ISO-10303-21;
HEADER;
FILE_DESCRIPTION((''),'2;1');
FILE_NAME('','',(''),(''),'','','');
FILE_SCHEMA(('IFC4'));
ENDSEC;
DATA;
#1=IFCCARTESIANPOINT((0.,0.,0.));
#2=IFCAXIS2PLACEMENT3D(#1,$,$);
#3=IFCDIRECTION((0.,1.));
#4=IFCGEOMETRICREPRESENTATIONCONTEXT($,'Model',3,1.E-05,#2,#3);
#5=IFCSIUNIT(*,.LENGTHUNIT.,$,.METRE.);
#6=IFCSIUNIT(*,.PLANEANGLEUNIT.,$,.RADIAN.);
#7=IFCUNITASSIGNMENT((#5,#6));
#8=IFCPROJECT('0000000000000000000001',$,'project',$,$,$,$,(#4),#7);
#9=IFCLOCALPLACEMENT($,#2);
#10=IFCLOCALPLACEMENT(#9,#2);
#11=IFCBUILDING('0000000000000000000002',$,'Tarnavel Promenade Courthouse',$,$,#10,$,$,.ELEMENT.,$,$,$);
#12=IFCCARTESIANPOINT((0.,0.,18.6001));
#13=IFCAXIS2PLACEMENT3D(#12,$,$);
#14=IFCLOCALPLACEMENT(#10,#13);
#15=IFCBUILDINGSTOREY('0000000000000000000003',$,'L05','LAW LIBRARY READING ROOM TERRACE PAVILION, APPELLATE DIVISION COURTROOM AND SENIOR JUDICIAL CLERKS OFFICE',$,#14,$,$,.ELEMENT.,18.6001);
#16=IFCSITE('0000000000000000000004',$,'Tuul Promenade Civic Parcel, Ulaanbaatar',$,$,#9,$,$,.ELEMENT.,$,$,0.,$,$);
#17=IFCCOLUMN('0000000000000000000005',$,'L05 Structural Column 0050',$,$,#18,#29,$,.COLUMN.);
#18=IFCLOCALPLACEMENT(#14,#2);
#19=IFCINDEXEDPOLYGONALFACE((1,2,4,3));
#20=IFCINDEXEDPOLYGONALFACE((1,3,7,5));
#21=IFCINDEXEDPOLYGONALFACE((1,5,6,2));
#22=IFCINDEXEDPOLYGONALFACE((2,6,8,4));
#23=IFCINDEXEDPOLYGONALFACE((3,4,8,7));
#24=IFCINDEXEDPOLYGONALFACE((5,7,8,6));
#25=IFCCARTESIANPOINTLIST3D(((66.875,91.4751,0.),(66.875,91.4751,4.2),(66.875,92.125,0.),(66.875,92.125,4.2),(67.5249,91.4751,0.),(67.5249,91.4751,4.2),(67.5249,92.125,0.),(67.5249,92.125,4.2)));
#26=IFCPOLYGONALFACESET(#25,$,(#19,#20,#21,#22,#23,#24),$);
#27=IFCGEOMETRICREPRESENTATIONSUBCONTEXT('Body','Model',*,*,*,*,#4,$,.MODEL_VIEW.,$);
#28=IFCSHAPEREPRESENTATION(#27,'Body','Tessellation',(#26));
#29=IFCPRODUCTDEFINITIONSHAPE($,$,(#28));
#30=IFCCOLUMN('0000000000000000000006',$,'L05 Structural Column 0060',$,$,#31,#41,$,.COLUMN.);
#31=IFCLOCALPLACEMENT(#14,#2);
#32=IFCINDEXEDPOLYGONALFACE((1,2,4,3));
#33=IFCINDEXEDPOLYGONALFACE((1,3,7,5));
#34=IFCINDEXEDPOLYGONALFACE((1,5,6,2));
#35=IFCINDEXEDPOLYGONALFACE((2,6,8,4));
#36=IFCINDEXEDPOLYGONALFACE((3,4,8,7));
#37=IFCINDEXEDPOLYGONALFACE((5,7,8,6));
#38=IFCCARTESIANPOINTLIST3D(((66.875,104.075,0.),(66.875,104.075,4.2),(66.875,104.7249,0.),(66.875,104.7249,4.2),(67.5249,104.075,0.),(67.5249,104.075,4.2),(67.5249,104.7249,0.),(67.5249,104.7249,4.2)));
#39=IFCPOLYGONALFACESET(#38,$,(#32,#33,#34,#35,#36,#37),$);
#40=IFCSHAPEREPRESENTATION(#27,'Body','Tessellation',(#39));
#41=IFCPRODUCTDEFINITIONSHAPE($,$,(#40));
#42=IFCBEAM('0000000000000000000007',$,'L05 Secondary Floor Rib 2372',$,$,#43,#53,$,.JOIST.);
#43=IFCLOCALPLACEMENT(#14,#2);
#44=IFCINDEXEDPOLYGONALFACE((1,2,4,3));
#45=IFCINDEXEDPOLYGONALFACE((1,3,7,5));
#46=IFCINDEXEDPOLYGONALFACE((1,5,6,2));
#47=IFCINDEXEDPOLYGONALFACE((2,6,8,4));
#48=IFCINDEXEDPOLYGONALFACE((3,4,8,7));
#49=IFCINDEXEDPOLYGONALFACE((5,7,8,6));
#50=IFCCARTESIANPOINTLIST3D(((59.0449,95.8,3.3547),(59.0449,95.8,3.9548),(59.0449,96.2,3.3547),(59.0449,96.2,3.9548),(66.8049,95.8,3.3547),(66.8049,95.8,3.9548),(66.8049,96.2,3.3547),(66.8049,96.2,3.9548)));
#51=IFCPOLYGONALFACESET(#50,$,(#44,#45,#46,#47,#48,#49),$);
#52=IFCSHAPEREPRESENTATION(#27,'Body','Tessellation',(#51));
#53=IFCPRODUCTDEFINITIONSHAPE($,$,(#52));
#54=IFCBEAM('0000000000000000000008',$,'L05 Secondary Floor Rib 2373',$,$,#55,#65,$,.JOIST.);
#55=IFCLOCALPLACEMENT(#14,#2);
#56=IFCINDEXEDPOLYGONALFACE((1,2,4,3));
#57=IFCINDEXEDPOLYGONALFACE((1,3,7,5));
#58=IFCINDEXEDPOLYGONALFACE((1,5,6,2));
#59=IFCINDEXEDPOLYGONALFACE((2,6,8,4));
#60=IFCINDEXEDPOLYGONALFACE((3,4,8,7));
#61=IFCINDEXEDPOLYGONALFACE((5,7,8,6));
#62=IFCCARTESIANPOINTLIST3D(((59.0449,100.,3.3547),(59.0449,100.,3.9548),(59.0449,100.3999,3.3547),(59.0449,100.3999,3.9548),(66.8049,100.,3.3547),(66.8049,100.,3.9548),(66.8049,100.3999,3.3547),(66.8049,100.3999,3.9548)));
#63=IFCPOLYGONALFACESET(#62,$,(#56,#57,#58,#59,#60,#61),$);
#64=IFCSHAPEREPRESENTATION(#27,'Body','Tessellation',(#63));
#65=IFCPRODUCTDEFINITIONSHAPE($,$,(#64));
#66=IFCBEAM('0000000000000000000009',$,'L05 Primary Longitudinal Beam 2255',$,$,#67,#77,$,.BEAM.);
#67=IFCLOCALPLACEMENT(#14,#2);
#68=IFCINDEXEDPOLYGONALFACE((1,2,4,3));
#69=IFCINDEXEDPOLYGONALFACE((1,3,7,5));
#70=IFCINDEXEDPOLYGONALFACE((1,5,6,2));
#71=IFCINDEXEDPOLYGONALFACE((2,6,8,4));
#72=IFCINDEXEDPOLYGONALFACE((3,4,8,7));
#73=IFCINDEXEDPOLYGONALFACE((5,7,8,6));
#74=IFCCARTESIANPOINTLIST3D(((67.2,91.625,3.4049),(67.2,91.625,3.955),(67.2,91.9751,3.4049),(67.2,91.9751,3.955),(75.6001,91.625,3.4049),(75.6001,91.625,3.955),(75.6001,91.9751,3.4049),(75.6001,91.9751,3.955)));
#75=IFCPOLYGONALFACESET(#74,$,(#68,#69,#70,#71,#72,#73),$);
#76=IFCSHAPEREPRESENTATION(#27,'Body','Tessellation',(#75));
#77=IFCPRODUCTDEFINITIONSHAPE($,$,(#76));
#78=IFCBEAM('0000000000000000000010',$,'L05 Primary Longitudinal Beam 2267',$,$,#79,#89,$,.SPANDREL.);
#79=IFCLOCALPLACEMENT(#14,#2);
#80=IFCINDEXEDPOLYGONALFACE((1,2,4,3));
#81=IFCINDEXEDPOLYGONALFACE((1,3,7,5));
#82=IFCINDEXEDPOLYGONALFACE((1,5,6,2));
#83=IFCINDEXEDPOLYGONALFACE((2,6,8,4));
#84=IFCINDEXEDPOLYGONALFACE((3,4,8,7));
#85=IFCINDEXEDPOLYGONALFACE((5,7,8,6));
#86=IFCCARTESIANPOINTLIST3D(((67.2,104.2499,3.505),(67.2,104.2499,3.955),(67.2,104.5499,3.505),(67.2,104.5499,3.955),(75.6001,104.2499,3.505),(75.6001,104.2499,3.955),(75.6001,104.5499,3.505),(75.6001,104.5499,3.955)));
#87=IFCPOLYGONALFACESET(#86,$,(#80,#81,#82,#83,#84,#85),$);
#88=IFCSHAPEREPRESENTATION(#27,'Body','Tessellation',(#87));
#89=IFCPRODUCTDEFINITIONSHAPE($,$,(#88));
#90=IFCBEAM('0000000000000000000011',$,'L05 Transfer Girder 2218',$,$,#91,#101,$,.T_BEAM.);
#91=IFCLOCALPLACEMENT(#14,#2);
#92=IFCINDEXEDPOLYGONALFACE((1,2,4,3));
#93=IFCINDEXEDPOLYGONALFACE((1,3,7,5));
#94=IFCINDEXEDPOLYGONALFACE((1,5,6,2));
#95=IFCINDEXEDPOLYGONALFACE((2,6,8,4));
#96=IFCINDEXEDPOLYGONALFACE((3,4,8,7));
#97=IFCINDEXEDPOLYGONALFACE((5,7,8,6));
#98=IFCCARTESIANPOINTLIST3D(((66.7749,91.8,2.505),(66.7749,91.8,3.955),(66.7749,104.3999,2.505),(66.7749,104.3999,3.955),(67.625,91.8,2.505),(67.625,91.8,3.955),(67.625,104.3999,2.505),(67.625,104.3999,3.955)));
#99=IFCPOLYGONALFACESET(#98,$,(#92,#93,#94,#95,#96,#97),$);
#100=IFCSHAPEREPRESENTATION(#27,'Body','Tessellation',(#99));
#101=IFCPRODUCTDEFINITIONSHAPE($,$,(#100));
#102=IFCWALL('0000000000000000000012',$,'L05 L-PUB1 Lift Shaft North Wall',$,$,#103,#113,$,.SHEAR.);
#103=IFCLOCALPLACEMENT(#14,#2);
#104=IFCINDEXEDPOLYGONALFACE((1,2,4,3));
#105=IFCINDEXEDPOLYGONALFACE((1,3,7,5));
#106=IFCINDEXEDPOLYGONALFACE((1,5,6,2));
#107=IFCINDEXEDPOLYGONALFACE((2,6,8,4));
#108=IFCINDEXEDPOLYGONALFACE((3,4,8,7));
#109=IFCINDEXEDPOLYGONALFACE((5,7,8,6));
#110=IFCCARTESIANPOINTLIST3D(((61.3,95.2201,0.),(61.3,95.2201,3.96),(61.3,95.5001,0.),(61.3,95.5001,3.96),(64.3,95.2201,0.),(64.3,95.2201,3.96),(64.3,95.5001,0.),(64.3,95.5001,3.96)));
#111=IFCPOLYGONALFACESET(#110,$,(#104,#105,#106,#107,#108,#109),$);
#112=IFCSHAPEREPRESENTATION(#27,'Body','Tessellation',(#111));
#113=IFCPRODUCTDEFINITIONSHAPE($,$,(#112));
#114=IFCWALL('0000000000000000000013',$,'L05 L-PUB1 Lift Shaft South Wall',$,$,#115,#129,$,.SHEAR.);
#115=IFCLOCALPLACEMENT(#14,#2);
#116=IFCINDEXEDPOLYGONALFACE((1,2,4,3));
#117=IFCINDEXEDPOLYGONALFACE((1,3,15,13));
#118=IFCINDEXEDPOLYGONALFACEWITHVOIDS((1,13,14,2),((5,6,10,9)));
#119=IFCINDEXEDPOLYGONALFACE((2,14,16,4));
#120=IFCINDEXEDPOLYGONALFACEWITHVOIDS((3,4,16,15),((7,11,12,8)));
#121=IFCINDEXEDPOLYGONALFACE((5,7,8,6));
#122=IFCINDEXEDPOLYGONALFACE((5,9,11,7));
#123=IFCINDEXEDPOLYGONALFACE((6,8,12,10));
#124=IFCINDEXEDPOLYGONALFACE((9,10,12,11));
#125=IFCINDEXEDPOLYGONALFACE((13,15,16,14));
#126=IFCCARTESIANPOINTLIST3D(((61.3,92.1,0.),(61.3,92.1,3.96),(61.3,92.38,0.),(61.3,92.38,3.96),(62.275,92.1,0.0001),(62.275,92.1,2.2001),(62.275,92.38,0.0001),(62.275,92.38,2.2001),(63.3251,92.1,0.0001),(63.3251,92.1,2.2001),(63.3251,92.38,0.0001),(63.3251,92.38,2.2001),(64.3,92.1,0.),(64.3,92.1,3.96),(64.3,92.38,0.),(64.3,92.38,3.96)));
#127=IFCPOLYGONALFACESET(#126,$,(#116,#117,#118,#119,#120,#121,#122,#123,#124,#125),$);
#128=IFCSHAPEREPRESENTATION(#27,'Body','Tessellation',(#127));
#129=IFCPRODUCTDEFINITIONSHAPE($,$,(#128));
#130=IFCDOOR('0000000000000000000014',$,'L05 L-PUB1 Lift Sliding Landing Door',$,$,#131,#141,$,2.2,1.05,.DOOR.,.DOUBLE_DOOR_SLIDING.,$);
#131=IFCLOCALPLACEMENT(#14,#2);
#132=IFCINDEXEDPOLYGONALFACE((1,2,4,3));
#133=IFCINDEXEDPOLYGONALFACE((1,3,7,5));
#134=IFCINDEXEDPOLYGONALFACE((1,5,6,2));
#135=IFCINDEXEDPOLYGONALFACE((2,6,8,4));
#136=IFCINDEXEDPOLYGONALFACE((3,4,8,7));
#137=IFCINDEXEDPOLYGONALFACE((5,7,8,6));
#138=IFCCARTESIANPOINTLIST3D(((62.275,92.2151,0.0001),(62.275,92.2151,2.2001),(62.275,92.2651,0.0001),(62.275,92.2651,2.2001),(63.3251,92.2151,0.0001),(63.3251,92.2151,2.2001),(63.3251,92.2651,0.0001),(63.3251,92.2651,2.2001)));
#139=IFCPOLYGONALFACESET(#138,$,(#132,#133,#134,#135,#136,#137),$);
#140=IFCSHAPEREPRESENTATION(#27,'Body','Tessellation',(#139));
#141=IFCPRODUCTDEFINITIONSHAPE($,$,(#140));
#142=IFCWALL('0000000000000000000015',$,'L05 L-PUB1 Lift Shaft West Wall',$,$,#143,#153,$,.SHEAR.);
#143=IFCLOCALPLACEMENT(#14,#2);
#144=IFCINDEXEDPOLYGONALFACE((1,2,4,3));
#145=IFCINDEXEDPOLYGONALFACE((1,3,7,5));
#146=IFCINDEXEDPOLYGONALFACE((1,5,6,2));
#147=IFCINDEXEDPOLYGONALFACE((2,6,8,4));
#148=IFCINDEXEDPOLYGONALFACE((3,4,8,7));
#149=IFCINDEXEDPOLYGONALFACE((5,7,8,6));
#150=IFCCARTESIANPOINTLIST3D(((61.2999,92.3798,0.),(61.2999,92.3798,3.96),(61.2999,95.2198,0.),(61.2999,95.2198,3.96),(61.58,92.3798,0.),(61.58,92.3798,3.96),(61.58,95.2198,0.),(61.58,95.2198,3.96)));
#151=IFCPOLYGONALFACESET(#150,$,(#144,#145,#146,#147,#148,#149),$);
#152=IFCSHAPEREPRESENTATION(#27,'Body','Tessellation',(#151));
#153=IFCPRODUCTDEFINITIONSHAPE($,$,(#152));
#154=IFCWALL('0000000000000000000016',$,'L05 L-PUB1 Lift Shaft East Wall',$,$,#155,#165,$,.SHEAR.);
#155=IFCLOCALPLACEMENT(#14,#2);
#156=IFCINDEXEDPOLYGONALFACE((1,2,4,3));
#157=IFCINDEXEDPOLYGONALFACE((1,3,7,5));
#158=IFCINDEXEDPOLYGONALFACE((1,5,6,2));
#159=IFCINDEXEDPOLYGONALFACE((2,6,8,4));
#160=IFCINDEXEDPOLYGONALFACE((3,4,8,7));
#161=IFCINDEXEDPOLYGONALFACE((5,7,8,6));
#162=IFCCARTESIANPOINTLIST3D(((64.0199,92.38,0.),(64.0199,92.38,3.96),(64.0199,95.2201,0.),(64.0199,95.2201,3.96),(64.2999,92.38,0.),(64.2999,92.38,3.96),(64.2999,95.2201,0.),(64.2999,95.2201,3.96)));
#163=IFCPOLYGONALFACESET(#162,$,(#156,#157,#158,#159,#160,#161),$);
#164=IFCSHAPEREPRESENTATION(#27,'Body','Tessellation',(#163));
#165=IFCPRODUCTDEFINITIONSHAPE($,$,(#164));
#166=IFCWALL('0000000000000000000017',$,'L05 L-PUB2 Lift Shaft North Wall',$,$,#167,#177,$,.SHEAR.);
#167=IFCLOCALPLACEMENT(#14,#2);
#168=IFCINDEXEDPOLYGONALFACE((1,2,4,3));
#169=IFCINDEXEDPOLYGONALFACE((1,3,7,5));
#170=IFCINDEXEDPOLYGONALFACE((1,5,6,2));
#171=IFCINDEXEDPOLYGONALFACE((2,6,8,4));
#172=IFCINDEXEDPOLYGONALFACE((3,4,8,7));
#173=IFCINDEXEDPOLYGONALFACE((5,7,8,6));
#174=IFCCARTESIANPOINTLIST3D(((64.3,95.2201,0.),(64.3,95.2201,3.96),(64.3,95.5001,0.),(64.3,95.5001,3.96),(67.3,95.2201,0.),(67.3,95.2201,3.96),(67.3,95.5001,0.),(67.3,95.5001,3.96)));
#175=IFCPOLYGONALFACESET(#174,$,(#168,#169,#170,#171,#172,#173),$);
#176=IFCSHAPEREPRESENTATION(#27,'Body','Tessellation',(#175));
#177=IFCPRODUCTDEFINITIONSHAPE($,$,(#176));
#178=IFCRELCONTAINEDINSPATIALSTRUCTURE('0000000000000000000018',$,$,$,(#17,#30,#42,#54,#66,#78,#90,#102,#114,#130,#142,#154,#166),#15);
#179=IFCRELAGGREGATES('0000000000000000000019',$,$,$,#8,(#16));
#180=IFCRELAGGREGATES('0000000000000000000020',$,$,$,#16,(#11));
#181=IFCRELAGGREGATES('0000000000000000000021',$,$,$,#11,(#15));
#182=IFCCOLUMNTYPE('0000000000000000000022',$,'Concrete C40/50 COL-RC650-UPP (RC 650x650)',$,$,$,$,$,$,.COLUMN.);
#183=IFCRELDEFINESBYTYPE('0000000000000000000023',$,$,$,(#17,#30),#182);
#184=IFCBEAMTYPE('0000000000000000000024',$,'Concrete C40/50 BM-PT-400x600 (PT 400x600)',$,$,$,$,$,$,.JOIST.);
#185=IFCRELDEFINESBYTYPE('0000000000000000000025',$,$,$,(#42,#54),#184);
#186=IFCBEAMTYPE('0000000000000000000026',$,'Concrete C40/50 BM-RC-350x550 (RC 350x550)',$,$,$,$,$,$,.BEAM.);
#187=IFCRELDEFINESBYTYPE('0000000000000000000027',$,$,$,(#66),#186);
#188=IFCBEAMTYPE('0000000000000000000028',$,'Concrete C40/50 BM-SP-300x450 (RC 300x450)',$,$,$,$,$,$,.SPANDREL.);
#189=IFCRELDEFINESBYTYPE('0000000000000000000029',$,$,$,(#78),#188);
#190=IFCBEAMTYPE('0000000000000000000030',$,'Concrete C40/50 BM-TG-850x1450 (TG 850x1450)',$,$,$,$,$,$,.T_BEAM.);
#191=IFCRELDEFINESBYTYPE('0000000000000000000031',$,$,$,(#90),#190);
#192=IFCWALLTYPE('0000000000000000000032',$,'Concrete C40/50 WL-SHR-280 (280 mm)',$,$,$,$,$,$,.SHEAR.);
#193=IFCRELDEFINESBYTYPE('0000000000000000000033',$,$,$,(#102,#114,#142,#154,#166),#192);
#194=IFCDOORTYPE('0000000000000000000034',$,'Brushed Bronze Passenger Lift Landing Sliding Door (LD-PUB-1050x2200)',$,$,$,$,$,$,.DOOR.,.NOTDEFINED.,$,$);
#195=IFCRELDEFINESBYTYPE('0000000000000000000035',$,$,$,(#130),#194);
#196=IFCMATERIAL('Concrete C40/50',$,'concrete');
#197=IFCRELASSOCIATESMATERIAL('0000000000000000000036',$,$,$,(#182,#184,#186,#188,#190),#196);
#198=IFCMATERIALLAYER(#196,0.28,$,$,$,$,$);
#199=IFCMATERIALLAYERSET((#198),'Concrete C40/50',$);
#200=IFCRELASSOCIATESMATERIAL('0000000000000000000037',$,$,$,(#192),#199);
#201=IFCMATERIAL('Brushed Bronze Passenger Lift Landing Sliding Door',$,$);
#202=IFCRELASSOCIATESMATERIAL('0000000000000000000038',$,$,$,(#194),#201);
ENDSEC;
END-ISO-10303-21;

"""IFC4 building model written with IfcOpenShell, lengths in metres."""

from ifc_helpers import new_model, si_unit, direction, frame, frame_2d, origin, origin_2d, place, context, subcontext, project, spatial, rectangle, extrude, material, layer, layer_set, material_profile, profile_set, type_object, element, fill, save


model = new_model("IFC4")

# Units and contexts
model_context = context("Model", 3, precision=1e-05, world=origin(), true_north=direction((0.0, 1.0)))
body_context = subcontext(model_context, "Body", "Model", "MODEL_VIEW")
ifc_project = project(units=[si_unit("LENGTHUNIT", "METRE"), si_unit("PLANEANGLEUNIT", "RADIAN")], contexts=[model_context])

# Site, building, storey
site_placement = place(None, origin())
site = spatial("IfcSite", under=ifc_project, at=site_placement, Name="Tuul Promenade Civic Parcel, Ulaanbaatar", CompositionType="ELEMENT", RefElevation=0.0)
building_placement = place(site_placement, origin())
building = spatial("IfcBuilding", under=site, at=building_placement, Name="Tarnavel Promenade Courthouse", CompositionType="ELEMENT")
storey_placement = place(building_placement, frame((0.0, 0.0, 18.6001)))
storey = spatial("IfcBuildingStorey", under=building, at=storey_placement, Name="L05", Description="LAW LIBRARY READING ROOM TERRACE PAVILION, APPELLATE DIVISION COURTROOM AND SENIOR JUDICIAL CLERKS OFFICE", CompositionType="ELEMENT", Elevation=18.6001)

# Columns
ifc_material_1 = material(Name="Concrete C40/50", Category="concrete")
ifc_material_profile_1 = material_profile(ifc_material_1, rectangle(XDim=0.6499, YDim=0.6499, at=origin_2d()), Name="RC 650x650")
ifc_profile_set_1 = profile_set([ifc_material_profile_1], Name="Concrete C40/50")
column_type = type_object("IfcColumnType", Name="Concrete C40/50 COL-RC650-UPP (RC 650x650)", PredefinedType="COLUMN", material=ifc_profile_set_1)
for number, where, z_axis, x_axis, name in (
    (1, (67.2, 91.8, 0.0), (0.0, 0.0, 1.0), (1.0, 0.0, 0.0), "L05 Structural Column 0050"),
    (2, (67.2, 104.3999, 0.0), (0.0, 0.0, 1.0), (1.0, 0.0, 0.0), "L05 Structural Column 0060"),
):
    element("IfcColumn", number, at=place(storey_placement, frame(where, z_axis=z_axis, x_axis=x_axis)), inside=storey, type_object=column_type, Name=name, PredefinedType="COLUMN", context=body_context, shape_type="SweptSolid", body=[
        extrude(rectangle(XDim=0.6499, YDim=0.6499, at=origin_2d()), origin(), (0.0, 0.0, 1.0), 4.2),
    ])

# Beams
ifc_material_profile_2 = material_profile(ifc_material_1, rectangle(XDim=0.3999, YDim=0.6001, at=origin_2d()), Name="PT 400x600")
ifc_profile_set_2 = profile_set([ifc_material_profile_2], Name="Concrete C40/50")
beam_type_1 = type_object("IfcBeamType", Name="Concrete C40/50 BM-PT-400x600 (PT 400x600)", PredefinedType="JOIST", material=ifc_profile_set_2)
for number, where, z_axis, x_axis, name in (
    (3, (59.0449, 96.0, 3.6548), (1.0, 0.0, 0.0), (0.0, 1.0, 0.0), "L05 Secondary Floor Rib 2372"),
    (4, (59.0449, 100.2, 3.6548), (1.0, 0.0, 0.0), (0.0, 1.0, 0.0), "L05 Secondary Floor Rib 2373"),
):
    element("IfcBeam", number, at=place(storey_placement, frame(where, z_axis=z_axis, x_axis=x_axis)), inside=storey, type_object=beam_type_1, Name=name, PredefinedType="JOIST", context=body_context, shape_type="SweptSolid", body=[
        extrude(rectangle(XDim=0.3999, YDim=0.6001, at=origin_2d()), origin(), (0.0, 0.0, 1.0), 7.76),
    ])
ifc_material_profile_3 = material_profile(ifc_material_1, rectangle(XDim=0.3501, YDim=0.55, at=origin_2d()), Name="RC 350x550")
ifc_profile_set_3 = profile_set([ifc_material_profile_3], Name="Concrete C40/50")
beam_type_2 = type_object("IfcBeamType", Name="Concrete C40/50 BM-RC-350x550 (RC 350x550)", PredefinedType="BEAM", material=ifc_profile_set_3)
beam_1_placement = place(storey_placement, frame((67.2, 91.8, 3.6799), z_axis=(1.0, 0.0, 0.0), x_axis=(0.0, 1.0, 0.0)))
element("IfcBeam", 5, at=beam_1_placement, inside=storey, type_object=beam_type_2, Name="L05 Primary Longitudinal Beam 2255", PredefinedType="BEAM", context=body_context, shape_type="SweptSolid", body=[
    extrude(rectangle(XDim=0.3501, YDim=0.55, at=origin_2d()), origin(), (0.0, 0.0, 1.0), 8.4001),
])
ifc_material_profile_4 = material_profile(ifc_material_1, rectangle(XDim=0.3, YDim=0.45, at=origin_2d()), Name="RC 300x450")
ifc_profile_set_4 = profile_set([ifc_material_profile_4], Name="Concrete C40/50")
beam_type_3 = type_object("IfcBeamType", Name="Concrete C40/50 BM-SP-300x450 (RC 300x450)", PredefinedType="SPANDREL", material=ifc_profile_set_4)
beam_2_placement = place(storey_placement, frame((67.2, 104.3999, 3.73), z_axis=(1.0, 0.0, 0.0), x_axis=(0.0, 1.0, 0.0)))
element("IfcBeam", 6, at=beam_2_placement, inside=storey, type_object=beam_type_3, Name="L05 Primary Longitudinal Beam 2267", PredefinedType="SPANDREL", context=body_context, shape_type="SweptSolid", body=[
    extrude(rectangle(XDim=0.3, YDim=0.45, at=origin_2d()), origin(), (0.0, 0.0, 1.0), 8.4001),
])
ifc_material_profile_5 = material_profile(ifc_material_1, rectangle(XDim=0.8501, YDim=1.45, at=origin_2d()), Name="TG 850x1450")
ifc_profile_set_5 = profile_set([ifc_material_profile_5], Name="Concrete C40/50")
beam_type_4 = type_object("IfcBeamType", Name="Concrete C40/50 BM-TG-850x1450 (TG 850x1450)", PredefinedType="T_BEAM", material=ifc_profile_set_5)
beam_3_placement = place(storey_placement, frame((67.2, 91.8, 3.23), z_axis=(0.0, 1.0, 0.0), x_axis=(-1.0, 0.0, 0.0)))
element("IfcBeam", 7, at=beam_3_placement, inside=storey, type_object=beam_type_4, Name="L05 Transfer Girder 2218", PredefinedType="T_BEAM", context=body_context, shape_type="SweptSolid", body=[
    extrude(rectangle(XDim=0.8501, YDim=1.45, at=origin_2d()), origin(), (0.0, 0.0, 1.0), 12.5999),
])

# Wall
ifc_layer_1 = layer(ifc_material_1, 0.28)
ifc_layer_set_1 = layer_set([ifc_layer_1], Name="Concrete C40/50")
wall_type_1 = type_object("IfcWallType", Name="Concrete C40/50 WL-SHR-280 (280 mm)", PredefinedType="SHEAR", material=ifc_layer_set_1)
wall_1_placement = place(storey_placement, frame((61.3, 95.3601, 0.0), z_axis=(0.0, 0.0, 1.0), x_axis=(1.0, 0.0, 0.0)))
element("IfcWall", 8, at=wall_1_placement, inside=storey, type_object=wall_type_1, Name="L05 L-PUB1 Lift Shaft North Wall", PredefinedType="SHEAR", context=body_context, shape_type="SweptSolid", body=[
    extrude(rectangle(XDim=3.0, YDim=0.28, at=frame_2d((1.5, 0.0))), origin(), (0.0, 0.0, 1.0), 3.96),
])

# Wall, opening, door
wall_2_placement = place(storey_placement, frame((64.3, 92.24, 0.0), z_axis=(0.0, 0.0, 1.0), x_axis=(-1.0, 0.0, 0.0)))
wall_2 = element("IfcWall", 9, at=wall_2_placement, inside=storey, type_object=wall_type_1, Name="L05 L-PUB1 Lift Shaft South Wall", PredefinedType="SHEAR", context=body_context, shape_type="SweptSolid", body=[
    extrude(rectangle(XDim=3.0, YDim=0.28, at=frame_2d((1.5, 0.0))), origin(), (0.0, 0.0, 1.0), 3.96),
])
opening_1_placement = place(wall_2_placement, frame((0.9751, 0.0, 0.0)))
opening_1 = element("IfcOpeningElement", 10, at=opening_1_placement, cuts=wall_2, PredefinedType="OPENING", context=body_context, shape_type="SweptSolid", body=[
    extrude(rectangle(XDim=1.05, YDim=2.2, at=frame_2d((0.5249, 1.1001))), frame((0.0, 0.1499, 0.0), z_axis=(0.0, -1.0, 0.0), x_axis=(1.0, 0.0, 0.0)), (0.0, 0.0, 1.0), 0.3),
])
ifc_material_2 = material(Name="Brushed Bronze Passenger Lift Landing Sliding Door")
door_type_1 = type_object("IfcDoorType", Name="Brushed Bronze Passenger Lift Landing Sliding Door (LD-PUB-1050x2200)", OperationType="NOTDEFINED", PredefinedType="DOOR", material=ifc_material_2)
door_1_placement = place(opening_1_placement, origin())
door_1 = element("IfcDoor", 11, at=door_1_placement, inside=storey, type_object=door_type_1, Name="L05 L-PUB1 Lift Sliding Landing Door", OperationType="DOUBLE_DOOR_SLIDING", OverallHeight=2.2, OverallWidth=1.05, PredefinedType="DOOR", context=body_context, shape_type="SweptSolid", body=[
    extrude(rectangle(XDim=1.05, YDim=2.2, at=frame_2d((0.5249, 1.1001))), frame((0.0, 0.0249, 0.0), z_axis=(0.0, -1.0, 0.0), x_axis=(1.0, 0.0, 0.0)), (0.0, 0.0, 1.0), 0.05),
])
fill(opening_1, door_1)

# Walls
for number, where, z_axis, x_axis, name in (
    (12, (61.4399, 92.3799, 0.0), (0.0, 0.0, 1.0), (0.0, 1.0, 0.0), "L05 L-PUB1 Lift Shaft West Wall"),
    (13, (64.1599, 95.22, 0.0), (0.0, 0.0, 1.0), (0.0, -1.0, 0.0), "L05 L-PUB1 Lift Shaft East Wall"),
):
    element("IfcWall", number, at=place(storey_placement, frame(where, z_axis=z_axis, x_axis=x_axis)), inside=storey, type_object=wall_type_1, Name=name, PredefinedType="SHEAR", context=body_context, shape_type="SweptSolid", body=[
        extrude(rectangle(XDim=2.8401, YDim=0.28, at=frame_2d((1.4199, 0.0))), origin(), (0.0, 0.0, 1.0), 3.96),
    ])
wall_3_placement = place(storey_placement, frame((64.3, 95.3601, 0.0), z_axis=(0.0, 0.0, 1.0), x_axis=(1.0, 0.0, 0.0)))
element("IfcWall", 14, at=wall_3_placement, inside=storey, type_object=wall_type_1, Name="L05 L-PUB2 Lift Shaft North Wall", PredefinedType="SHEAR", context=body_context, shape_type="SweptSolid", body=[
    extrude(rectangle(XDim=3.0, YDim=0.28, at=frame_2d((1.5, 0.0))), origin(), (0.0, 0.0, 1.0), 3.96),
])

save(model, "model.ifc")
